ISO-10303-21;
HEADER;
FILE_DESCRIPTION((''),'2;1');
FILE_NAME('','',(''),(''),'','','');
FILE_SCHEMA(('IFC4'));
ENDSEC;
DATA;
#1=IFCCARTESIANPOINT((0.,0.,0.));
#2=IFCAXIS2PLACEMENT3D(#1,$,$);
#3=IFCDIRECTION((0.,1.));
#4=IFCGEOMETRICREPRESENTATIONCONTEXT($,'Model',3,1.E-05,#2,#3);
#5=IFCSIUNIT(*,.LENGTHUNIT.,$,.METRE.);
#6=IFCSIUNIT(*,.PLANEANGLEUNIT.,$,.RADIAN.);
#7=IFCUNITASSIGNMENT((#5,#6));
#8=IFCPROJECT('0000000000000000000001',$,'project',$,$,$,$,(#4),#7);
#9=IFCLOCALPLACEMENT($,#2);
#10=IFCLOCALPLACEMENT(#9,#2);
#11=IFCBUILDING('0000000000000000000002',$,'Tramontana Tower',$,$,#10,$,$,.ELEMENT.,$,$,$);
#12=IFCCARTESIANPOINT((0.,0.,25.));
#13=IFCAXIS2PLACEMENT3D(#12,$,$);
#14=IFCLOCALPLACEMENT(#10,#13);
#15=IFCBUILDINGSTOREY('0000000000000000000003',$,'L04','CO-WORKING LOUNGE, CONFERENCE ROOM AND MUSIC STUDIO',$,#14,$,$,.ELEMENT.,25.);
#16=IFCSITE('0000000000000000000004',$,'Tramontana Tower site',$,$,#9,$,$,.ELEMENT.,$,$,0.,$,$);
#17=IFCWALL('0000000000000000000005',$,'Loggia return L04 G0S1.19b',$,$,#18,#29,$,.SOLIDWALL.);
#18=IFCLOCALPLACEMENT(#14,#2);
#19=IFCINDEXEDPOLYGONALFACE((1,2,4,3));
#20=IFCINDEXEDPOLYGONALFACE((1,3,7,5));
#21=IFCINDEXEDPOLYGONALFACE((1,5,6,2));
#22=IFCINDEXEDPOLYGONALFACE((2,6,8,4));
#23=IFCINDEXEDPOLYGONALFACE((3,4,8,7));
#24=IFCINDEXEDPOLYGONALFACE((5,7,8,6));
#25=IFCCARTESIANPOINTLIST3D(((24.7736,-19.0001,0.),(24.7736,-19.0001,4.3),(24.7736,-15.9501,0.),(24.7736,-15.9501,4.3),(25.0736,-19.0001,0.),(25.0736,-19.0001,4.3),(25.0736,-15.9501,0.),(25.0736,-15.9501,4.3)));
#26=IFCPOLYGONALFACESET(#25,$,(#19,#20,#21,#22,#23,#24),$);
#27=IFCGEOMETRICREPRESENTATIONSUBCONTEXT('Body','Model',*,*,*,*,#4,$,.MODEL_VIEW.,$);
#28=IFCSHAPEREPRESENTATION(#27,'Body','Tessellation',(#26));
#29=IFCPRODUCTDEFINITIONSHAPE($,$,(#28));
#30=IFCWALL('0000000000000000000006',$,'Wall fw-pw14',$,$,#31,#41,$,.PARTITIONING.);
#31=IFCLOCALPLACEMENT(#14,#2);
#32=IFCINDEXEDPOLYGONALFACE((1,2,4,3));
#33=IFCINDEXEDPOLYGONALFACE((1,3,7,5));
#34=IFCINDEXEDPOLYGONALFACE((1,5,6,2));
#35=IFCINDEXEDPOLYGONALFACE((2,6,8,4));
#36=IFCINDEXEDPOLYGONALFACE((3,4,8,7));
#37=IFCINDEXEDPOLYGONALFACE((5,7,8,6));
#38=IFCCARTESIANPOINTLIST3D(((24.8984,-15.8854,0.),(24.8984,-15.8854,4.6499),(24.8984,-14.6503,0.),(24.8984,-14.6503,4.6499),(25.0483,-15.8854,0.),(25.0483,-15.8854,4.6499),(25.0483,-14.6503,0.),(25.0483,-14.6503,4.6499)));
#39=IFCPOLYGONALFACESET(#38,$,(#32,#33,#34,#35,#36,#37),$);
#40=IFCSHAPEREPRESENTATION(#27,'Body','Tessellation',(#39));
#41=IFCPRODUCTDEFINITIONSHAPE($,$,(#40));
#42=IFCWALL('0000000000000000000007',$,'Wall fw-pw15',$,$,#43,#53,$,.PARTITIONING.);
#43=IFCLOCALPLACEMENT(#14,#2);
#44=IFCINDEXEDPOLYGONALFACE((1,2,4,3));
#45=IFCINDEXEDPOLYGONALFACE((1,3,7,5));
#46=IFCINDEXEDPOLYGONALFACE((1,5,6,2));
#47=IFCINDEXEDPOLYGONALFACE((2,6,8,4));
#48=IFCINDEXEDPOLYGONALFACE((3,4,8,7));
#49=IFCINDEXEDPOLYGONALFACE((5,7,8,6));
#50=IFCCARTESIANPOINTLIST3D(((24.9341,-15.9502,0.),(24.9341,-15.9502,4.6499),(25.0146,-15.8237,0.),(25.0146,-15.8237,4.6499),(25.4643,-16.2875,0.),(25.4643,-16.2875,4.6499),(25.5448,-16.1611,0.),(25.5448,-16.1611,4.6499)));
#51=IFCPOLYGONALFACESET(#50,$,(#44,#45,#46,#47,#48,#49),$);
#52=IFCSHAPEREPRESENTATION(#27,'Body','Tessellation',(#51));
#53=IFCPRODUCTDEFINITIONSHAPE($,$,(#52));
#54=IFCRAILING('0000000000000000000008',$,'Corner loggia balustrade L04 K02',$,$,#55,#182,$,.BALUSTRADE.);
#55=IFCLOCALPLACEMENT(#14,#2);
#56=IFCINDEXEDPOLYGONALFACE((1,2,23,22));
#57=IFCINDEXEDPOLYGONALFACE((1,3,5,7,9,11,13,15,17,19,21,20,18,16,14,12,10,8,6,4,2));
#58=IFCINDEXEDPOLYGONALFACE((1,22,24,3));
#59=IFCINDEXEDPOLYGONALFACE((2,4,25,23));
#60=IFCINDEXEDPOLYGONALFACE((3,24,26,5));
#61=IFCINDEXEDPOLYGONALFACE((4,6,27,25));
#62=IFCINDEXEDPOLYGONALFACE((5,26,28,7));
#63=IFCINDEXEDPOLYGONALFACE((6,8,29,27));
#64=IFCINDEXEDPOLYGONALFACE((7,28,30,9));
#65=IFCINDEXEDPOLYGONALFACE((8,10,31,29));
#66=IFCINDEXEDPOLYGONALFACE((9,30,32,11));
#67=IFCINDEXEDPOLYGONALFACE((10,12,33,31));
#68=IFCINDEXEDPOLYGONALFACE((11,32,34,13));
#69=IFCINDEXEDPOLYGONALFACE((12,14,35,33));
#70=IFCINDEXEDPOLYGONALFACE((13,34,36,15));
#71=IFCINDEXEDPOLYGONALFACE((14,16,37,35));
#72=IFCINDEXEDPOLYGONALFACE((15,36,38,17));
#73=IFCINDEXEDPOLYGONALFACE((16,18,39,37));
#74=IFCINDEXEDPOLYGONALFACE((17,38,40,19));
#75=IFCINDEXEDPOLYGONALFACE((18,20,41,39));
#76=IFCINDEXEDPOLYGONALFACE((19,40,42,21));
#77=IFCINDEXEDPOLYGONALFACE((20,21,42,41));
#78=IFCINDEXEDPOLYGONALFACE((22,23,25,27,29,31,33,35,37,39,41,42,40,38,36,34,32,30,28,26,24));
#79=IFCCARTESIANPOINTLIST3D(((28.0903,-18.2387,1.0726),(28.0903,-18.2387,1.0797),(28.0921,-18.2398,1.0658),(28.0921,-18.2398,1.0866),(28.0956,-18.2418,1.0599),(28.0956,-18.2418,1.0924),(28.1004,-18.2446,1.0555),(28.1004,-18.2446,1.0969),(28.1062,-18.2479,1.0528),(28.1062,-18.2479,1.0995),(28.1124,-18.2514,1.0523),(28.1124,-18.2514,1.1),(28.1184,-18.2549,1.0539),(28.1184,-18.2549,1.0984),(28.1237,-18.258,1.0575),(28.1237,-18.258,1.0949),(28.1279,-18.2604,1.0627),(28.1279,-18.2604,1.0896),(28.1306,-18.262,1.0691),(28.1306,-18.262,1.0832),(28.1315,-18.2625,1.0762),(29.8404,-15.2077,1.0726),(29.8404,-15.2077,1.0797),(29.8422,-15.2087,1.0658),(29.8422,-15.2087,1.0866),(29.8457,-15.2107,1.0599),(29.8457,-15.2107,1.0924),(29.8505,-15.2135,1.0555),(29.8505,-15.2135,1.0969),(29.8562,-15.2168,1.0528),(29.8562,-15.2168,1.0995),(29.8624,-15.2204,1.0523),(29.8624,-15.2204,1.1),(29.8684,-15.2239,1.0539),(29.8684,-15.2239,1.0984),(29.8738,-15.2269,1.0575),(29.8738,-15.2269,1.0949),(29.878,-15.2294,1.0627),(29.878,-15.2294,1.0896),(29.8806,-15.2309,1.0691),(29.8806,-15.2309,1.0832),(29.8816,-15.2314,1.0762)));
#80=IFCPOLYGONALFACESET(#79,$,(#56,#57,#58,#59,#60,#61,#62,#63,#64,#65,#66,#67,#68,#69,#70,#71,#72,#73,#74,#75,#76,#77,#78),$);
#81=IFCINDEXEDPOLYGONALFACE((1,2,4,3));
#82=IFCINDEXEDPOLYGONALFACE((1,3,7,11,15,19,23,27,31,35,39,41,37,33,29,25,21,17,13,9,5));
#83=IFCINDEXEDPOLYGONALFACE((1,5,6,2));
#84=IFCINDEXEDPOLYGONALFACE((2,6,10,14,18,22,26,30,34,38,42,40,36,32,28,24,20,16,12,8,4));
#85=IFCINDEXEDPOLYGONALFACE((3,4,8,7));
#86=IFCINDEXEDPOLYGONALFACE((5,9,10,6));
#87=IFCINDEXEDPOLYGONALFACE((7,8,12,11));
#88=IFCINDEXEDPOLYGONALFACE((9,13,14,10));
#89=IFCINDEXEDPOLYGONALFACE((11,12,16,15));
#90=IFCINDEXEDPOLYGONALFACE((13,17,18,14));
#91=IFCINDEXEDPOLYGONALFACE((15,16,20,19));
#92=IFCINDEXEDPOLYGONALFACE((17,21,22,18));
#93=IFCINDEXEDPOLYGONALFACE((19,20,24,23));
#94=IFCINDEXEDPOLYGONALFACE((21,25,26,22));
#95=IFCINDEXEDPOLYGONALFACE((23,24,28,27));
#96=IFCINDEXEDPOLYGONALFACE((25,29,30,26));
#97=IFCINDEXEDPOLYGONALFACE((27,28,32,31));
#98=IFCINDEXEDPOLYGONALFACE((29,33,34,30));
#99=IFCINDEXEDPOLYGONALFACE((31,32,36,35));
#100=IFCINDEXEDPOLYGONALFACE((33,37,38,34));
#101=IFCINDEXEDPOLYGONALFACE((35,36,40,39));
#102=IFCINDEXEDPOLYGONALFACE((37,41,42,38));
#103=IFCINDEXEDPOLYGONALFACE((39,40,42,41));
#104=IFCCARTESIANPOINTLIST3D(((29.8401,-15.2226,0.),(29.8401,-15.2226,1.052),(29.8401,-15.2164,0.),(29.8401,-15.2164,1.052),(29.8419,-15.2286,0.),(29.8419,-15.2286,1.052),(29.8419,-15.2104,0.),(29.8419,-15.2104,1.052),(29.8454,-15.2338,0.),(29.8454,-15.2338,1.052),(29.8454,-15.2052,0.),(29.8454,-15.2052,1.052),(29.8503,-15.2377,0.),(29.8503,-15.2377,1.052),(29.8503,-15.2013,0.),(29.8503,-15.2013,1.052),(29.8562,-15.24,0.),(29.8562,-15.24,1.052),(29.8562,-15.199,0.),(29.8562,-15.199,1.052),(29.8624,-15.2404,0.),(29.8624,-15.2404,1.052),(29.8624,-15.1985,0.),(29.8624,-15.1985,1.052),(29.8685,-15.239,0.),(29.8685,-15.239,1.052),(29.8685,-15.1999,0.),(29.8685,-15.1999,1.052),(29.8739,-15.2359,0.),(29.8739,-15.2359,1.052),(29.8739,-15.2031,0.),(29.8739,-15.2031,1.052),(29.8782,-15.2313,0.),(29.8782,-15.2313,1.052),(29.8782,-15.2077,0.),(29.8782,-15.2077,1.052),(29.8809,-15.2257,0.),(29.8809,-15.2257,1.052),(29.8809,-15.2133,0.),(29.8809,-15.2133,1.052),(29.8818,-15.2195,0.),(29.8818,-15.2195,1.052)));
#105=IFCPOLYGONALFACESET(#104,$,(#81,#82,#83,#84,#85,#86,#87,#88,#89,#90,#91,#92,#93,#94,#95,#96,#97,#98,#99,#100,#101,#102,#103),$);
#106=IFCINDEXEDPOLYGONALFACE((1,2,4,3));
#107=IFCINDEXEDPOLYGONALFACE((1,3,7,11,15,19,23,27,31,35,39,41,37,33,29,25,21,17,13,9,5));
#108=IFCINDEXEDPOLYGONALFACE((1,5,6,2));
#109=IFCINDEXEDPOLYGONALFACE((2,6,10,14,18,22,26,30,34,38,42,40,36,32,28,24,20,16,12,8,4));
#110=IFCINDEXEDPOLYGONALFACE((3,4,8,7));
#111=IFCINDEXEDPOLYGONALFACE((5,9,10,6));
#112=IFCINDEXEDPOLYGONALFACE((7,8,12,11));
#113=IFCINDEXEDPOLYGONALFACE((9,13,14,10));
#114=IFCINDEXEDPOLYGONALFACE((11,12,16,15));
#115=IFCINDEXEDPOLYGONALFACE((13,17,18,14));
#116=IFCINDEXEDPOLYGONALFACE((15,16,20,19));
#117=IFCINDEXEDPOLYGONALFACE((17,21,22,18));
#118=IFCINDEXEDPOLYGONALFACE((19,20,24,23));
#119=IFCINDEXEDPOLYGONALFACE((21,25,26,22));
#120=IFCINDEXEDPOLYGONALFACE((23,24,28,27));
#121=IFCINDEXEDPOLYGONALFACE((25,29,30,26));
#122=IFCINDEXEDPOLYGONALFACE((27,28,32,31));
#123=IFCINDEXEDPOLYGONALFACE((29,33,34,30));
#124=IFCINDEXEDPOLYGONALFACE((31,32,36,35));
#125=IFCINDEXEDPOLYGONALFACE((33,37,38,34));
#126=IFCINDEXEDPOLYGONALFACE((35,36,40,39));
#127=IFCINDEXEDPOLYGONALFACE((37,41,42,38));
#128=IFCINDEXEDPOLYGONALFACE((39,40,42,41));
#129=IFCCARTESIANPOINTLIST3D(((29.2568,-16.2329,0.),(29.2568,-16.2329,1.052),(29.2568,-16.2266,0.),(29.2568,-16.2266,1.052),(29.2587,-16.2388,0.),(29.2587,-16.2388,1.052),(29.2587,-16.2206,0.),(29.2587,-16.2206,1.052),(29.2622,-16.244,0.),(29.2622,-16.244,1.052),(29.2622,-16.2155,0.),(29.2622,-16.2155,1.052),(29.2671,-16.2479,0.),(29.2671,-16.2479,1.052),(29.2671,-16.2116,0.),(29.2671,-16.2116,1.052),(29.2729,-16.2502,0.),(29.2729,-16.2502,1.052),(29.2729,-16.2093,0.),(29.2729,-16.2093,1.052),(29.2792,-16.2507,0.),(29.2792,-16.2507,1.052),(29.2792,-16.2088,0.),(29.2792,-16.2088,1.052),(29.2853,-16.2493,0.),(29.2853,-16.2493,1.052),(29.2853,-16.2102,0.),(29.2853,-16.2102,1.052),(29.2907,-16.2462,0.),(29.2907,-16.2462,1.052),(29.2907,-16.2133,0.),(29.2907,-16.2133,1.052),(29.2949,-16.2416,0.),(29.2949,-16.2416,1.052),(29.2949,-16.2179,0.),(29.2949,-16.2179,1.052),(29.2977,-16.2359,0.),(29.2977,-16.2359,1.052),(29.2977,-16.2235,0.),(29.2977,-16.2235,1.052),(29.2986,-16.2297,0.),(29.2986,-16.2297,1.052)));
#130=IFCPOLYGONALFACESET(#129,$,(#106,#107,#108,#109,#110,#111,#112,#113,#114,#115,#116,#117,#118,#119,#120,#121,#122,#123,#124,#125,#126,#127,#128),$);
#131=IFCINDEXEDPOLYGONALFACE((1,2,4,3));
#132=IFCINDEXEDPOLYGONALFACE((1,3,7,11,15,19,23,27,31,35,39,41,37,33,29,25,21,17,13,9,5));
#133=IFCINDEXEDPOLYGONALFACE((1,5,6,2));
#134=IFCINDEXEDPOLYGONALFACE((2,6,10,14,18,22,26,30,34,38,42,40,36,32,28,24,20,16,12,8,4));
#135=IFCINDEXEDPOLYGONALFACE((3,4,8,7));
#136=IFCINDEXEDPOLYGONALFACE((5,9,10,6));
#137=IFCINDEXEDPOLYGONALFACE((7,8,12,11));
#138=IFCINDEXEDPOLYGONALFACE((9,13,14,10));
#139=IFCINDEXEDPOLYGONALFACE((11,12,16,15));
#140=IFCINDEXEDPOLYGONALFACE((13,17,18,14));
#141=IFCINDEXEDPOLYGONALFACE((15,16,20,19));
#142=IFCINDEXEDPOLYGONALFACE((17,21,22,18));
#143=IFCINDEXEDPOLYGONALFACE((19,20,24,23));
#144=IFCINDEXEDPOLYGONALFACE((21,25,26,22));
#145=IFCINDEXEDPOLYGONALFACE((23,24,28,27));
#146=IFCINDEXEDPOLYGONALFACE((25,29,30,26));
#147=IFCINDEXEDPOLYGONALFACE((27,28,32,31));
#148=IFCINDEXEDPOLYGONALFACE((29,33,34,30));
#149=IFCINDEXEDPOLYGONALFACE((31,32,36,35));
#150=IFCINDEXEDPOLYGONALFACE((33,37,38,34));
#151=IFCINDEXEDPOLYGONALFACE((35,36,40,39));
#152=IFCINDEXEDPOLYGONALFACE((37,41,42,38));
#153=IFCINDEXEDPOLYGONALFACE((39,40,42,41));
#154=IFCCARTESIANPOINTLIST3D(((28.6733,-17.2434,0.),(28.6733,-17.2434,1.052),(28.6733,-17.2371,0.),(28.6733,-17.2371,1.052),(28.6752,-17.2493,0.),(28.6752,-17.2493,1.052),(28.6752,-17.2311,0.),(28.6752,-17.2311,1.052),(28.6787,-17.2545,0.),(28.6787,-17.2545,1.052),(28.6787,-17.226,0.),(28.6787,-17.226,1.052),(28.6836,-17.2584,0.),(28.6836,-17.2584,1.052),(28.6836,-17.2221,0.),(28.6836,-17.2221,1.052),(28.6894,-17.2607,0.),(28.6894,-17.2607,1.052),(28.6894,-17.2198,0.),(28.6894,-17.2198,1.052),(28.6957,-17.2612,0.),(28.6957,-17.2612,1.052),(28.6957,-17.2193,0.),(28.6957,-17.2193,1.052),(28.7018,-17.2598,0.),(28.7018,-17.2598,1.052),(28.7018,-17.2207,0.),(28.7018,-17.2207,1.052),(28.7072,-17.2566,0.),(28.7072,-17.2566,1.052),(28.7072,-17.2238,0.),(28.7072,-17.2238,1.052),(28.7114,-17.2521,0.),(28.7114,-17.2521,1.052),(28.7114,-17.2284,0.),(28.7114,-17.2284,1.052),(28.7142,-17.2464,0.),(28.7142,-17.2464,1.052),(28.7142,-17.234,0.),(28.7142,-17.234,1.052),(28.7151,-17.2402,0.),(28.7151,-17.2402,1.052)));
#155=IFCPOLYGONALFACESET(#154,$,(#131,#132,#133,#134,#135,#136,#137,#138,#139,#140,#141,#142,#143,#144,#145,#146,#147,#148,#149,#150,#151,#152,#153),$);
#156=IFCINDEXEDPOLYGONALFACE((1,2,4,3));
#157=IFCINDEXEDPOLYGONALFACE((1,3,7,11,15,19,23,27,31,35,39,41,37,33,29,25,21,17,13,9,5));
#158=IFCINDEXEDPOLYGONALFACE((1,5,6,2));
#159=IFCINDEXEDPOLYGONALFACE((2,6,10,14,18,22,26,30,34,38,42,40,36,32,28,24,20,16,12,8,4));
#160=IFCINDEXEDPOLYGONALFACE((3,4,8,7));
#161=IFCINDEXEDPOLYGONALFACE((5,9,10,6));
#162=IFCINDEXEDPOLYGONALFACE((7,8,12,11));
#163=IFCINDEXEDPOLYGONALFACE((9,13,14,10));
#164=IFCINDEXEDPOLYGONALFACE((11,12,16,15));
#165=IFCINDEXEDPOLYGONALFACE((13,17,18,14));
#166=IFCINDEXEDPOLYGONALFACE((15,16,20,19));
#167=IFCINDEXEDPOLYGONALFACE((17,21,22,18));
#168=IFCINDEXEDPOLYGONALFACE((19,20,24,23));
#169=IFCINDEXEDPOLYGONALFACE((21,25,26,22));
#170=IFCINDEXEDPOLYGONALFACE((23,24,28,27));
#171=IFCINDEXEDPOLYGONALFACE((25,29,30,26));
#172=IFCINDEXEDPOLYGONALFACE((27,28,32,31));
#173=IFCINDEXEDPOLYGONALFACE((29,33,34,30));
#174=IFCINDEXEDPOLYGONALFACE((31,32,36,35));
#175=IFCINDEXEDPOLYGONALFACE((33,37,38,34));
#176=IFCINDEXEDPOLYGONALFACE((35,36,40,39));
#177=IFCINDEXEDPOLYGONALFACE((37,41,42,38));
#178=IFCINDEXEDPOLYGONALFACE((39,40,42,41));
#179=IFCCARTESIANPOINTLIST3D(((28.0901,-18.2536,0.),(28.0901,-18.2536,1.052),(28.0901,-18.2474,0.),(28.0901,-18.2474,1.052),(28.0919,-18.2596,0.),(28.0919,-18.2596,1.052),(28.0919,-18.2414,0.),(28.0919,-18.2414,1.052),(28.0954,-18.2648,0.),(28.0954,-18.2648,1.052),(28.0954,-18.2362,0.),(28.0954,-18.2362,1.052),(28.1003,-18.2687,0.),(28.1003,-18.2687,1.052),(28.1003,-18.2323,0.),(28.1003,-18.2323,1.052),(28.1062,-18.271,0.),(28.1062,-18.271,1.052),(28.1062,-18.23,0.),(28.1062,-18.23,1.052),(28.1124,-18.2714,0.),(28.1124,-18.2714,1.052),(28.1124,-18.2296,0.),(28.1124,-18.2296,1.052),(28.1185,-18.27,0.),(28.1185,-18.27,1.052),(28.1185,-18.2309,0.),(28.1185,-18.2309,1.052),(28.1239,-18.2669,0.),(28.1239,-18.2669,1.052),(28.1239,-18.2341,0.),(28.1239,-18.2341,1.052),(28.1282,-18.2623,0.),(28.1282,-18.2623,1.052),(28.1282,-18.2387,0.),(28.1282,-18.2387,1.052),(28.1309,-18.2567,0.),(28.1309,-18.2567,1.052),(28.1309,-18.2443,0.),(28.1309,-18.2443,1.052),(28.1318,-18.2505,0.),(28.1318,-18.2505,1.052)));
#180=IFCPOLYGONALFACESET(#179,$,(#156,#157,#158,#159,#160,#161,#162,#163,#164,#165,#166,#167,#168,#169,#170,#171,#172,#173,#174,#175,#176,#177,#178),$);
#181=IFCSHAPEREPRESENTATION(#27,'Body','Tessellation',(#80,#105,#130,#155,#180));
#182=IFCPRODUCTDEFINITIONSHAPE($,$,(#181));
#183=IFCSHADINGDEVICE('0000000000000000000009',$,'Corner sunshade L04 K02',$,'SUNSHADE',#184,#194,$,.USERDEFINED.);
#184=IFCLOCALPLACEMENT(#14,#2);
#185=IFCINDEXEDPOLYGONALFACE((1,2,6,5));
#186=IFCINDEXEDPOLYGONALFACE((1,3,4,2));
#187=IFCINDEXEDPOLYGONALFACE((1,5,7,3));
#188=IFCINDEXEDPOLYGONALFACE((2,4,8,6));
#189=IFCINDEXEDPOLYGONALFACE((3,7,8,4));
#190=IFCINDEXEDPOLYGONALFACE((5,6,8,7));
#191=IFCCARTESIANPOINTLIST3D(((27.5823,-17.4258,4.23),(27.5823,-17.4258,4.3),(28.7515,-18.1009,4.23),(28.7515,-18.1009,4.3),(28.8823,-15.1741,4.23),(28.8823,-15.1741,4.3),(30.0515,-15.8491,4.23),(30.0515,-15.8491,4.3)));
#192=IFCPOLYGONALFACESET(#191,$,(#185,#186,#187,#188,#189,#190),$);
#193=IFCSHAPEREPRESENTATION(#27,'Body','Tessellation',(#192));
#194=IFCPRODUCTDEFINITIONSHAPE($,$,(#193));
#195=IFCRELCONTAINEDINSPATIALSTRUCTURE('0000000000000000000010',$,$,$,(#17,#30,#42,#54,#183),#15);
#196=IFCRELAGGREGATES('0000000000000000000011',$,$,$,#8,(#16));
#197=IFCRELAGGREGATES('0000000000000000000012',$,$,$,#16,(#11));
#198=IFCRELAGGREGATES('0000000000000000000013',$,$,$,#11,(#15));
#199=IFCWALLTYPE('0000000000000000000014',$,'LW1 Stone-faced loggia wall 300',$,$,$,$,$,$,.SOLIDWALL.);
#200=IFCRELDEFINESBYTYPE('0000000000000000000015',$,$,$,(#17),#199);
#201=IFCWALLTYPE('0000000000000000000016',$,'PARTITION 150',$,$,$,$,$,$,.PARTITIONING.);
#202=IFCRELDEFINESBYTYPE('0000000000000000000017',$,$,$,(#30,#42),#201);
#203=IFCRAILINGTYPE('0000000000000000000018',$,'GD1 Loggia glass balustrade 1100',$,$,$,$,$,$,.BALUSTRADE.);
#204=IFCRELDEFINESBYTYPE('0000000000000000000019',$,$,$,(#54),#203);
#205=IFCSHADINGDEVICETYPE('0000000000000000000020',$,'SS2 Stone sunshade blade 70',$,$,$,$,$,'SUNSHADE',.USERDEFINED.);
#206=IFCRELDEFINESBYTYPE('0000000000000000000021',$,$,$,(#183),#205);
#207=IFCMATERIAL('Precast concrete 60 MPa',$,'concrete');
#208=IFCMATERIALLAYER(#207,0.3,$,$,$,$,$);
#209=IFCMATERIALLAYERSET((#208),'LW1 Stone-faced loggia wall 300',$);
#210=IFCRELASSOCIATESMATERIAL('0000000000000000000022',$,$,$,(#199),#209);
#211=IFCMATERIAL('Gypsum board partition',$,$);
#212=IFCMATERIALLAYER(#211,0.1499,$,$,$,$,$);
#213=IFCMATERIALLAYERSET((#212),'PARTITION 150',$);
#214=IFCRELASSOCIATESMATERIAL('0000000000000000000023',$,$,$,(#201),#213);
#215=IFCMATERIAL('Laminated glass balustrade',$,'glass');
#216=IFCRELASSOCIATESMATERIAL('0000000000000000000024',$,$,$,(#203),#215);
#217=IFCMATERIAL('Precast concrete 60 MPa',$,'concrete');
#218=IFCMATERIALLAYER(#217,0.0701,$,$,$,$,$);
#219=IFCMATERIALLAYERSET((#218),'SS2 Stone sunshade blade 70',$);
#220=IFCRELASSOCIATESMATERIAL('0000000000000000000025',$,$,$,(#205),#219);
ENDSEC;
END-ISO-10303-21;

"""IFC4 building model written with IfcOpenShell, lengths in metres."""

from ifc_helpers import new_model, si_unit, direction, frame, frame_2d, origin, origin_2d, place, context, subcontext, project, spatial, rectangle, circle, extrude, material, layer, layer_set, type_object, element, save


model = new_model("IFC4")

# Units and contexts
model_context = context("Model", 3, precision=1e-05, world=origin(), true_north=direction((0.0, 1.0)))
body_context = subcontext(model_context, "Body", "Model", "MODEL_VIEW")
ifc_project = project(units=[si_unit("LENGTHUNIT", "METRE"), si_unit("PLANEANGLEUNIT", "RADIAN")], contexts=[model_context])

# Site, building, storey
site_placement = place(None, origin())
site = spatial("IfcSite", under=ifc_project, at=site_placement, Name="Tramontana Tower site", CompositionType="ELEMENT", RefElevation=0.0)
building_placement = place(site_placement, origin())
building = spatial("IfcBuilding", under=site, at=building_placement, Name="Tramontana Tower", CompositionType="ELEMENT")
storey_placement = place(building_placement, frame((0.0, 0.0, 25.0)))
storey = spatial("IfcBuildingStorey", under=building, at=storey_placement, Name="L04", Description="CO-WORKING LOUNGE, CONFERENCE ROOM AND MUSIC STUDIO", CompositionType="ELEMENT", Elevation=25.0)

# Walls
ifc_material_1 = material(Name="Precast concrete 60 MPa", Category="concrete")
ifc_layer_1 = layer(ifc_material_1, 0.3)
ifc_layer_set_1 = layer_set([ifc_layer_1], Name="LW1 Stone-faced loggia wall 300")
wall_type_1 = type_object("IfcWallType", Name="LW1 Stone-faced loggia wall 300", PredefinedType="SOLIDWALL", material=ifc_layer_set_1)
wall_1_placement = place(storey_placement, frame((24.9236, -19.0, 0.0), z_axis=(0.0, 0.0, 1.0), x_axis=(0.0, 1.0, 0.0)))
element("IfcWall", 1, at=wall_1_placement, inside=storey, type_object=wall_type_1, Name="Loggia return L04 G0S1.19b", PredefinedType="SOLIDWALL", context=body_context, shape_type="SweptSolid", body=[
    extrude(rectangle(XDim=3.05, YDim=0.3, at=frame_2d((1.5249, 0.0))), origin(), (0.0, 0.0, 1.0), 4.3),
])
ifc_material_2 = material(Name="Gypsum board partition")
ifc_layer_2 = layer(ifc_material_2, 0.1499)
ifc_layer_set_2 = layer_set([ifc_layer_2], Name="PARTITION 150")
wall_type_2 = type_object("IfcWallType", Name="PARTITION 150", PredefinedType="PARTITIONING", material=ifc_layer_set_2)
wall_2_placement = place(storey_placement, frame((24.9734, -14.6501, 0.0), z_axis=(0.0, 0.0, 1.0), x_axis=(0.0, -1.0, 0.0)))
element("IfcWall", 2, at=wall_2_placement, inside=storey, type_object=wall_type_2, Name="Wall fw-pw14", PredefinedType="PARTITIONING", context=body_context, shape_type="SweptSolid", body=[
    extrude(rectangle(XDim=1.2351, YDim=0.1499, at=frame_2d((0.6177, 0.0))), origin(), (0.0, 0.0, 1.0), 4.6499),
])
wall_3_placement = place(storey_placement, frame((24.9744, -15.887, 0.0), z_axis=(0.0, 0.0, 1.0), x_axis=(0.843693, -0.536825, 0.0)))
element("IfcWall", 3, at=wall_3_placement, inside=storey, type_object=wall_type_2, Name="Wall fw-pw15", PredefinedType="PARTITIONING", context=body_context, shape_type="SweptSolid", body=[
    extrude(rectangle(XDim=0.6284, YDim=0.1499, at=frame_2d((0.3142, 0.0))), origin(), (0.0, 0.0, 1.0), 4.6499),
])

# Railing
ifc_material_3 = material(Name="Laminated glass balustrade", Category="glass")
railing_type = type_object("IfcRailingType", Name="GD1 Loggia glass balustrade 1100", PredefinedType="BALUSTRADE", material=ifc_material_3)
railing_placement = place(storey_placement, frame((29.8608, -15.2195, 0.0)))
element("IfcRailing", 4, at=railing_placement, inside=storey, type_object=railing_type, Name="Corner loggia balustrade L04 K02", PredefinedType="BALUSTRADE", context=body_context, shape_type="SweptSolid", body=[
    extrude(circle(Radius=0.0239, at=origin_2d()), frame((0.0, 0.0, 1.0762), z_axis=(-0.50001, -0.866019, 0.0), x_axis=(0.866019, -0.50001, 0.0)), (0.0, 0.0, 1.0), 3.5),
    extrude(circle(Radius=0.021, at=origin_2d()), origin(), (0.0, 0.0, 1.0), 1.052),
    extrude(circle(Radius=0.021, at=origin_2d()), frame((-0.5833, -1.0103, 0.0)), (0.0, 0.0, 1.0), 1.052),
    extrude(circle(Radius=0.021, at=origin_2d()), frame((-1.1667, -2.0208, 0.0)), (0.0, 0.0, 1.0), 1.052),
    extrude(circle(Radius=0.021, at=origin_2d()), frame((-1.75, -3.031, 0.0)), (0.0, 0.0, 1.0), 1.052),
])

# Shading device
ifc_material_4 = material(Name="Precast concrete 60 MPa", Category="concrete")
ifc_layer_3 = layer(ifc_material_4, 0.0701)
ifc_layer_set_3 = layer_set([ifc_layer_3], Name="SS2 Stone sunshade blade 70")
shading_device_type = type_object("IfcShadingDeviceType", Name="SS2 Stone sunshade blade 70", ElementType="SUNSHADE", PredefinedType="USERDEFINED", material=ifc_layer_set_3)
shading_device_placement = place(storey_placement, frame((28.8169, -16.6375, 4.23), z_axis=(0.0, 0.0, 1.0), x_axis=(-0.5, -0.866025, 0.0)))
element("IfcShadingDevice", 5, at=shading_device_placement, inside=storey, type_object=shading_device_type, Name="Corner sunshade L04 K02", ObjectType="SUNSHADE", PredefinedType="USERDEFINED", context=body_context, shape_type="SweptSolid", body=[
    extrude(rectangle(XDim=2.6001, YDim=1.3501, at=origin_2d()), origin(), (0.0, 0.0, 1.0), 0.0701),
])

save(model, "model.ifc")
